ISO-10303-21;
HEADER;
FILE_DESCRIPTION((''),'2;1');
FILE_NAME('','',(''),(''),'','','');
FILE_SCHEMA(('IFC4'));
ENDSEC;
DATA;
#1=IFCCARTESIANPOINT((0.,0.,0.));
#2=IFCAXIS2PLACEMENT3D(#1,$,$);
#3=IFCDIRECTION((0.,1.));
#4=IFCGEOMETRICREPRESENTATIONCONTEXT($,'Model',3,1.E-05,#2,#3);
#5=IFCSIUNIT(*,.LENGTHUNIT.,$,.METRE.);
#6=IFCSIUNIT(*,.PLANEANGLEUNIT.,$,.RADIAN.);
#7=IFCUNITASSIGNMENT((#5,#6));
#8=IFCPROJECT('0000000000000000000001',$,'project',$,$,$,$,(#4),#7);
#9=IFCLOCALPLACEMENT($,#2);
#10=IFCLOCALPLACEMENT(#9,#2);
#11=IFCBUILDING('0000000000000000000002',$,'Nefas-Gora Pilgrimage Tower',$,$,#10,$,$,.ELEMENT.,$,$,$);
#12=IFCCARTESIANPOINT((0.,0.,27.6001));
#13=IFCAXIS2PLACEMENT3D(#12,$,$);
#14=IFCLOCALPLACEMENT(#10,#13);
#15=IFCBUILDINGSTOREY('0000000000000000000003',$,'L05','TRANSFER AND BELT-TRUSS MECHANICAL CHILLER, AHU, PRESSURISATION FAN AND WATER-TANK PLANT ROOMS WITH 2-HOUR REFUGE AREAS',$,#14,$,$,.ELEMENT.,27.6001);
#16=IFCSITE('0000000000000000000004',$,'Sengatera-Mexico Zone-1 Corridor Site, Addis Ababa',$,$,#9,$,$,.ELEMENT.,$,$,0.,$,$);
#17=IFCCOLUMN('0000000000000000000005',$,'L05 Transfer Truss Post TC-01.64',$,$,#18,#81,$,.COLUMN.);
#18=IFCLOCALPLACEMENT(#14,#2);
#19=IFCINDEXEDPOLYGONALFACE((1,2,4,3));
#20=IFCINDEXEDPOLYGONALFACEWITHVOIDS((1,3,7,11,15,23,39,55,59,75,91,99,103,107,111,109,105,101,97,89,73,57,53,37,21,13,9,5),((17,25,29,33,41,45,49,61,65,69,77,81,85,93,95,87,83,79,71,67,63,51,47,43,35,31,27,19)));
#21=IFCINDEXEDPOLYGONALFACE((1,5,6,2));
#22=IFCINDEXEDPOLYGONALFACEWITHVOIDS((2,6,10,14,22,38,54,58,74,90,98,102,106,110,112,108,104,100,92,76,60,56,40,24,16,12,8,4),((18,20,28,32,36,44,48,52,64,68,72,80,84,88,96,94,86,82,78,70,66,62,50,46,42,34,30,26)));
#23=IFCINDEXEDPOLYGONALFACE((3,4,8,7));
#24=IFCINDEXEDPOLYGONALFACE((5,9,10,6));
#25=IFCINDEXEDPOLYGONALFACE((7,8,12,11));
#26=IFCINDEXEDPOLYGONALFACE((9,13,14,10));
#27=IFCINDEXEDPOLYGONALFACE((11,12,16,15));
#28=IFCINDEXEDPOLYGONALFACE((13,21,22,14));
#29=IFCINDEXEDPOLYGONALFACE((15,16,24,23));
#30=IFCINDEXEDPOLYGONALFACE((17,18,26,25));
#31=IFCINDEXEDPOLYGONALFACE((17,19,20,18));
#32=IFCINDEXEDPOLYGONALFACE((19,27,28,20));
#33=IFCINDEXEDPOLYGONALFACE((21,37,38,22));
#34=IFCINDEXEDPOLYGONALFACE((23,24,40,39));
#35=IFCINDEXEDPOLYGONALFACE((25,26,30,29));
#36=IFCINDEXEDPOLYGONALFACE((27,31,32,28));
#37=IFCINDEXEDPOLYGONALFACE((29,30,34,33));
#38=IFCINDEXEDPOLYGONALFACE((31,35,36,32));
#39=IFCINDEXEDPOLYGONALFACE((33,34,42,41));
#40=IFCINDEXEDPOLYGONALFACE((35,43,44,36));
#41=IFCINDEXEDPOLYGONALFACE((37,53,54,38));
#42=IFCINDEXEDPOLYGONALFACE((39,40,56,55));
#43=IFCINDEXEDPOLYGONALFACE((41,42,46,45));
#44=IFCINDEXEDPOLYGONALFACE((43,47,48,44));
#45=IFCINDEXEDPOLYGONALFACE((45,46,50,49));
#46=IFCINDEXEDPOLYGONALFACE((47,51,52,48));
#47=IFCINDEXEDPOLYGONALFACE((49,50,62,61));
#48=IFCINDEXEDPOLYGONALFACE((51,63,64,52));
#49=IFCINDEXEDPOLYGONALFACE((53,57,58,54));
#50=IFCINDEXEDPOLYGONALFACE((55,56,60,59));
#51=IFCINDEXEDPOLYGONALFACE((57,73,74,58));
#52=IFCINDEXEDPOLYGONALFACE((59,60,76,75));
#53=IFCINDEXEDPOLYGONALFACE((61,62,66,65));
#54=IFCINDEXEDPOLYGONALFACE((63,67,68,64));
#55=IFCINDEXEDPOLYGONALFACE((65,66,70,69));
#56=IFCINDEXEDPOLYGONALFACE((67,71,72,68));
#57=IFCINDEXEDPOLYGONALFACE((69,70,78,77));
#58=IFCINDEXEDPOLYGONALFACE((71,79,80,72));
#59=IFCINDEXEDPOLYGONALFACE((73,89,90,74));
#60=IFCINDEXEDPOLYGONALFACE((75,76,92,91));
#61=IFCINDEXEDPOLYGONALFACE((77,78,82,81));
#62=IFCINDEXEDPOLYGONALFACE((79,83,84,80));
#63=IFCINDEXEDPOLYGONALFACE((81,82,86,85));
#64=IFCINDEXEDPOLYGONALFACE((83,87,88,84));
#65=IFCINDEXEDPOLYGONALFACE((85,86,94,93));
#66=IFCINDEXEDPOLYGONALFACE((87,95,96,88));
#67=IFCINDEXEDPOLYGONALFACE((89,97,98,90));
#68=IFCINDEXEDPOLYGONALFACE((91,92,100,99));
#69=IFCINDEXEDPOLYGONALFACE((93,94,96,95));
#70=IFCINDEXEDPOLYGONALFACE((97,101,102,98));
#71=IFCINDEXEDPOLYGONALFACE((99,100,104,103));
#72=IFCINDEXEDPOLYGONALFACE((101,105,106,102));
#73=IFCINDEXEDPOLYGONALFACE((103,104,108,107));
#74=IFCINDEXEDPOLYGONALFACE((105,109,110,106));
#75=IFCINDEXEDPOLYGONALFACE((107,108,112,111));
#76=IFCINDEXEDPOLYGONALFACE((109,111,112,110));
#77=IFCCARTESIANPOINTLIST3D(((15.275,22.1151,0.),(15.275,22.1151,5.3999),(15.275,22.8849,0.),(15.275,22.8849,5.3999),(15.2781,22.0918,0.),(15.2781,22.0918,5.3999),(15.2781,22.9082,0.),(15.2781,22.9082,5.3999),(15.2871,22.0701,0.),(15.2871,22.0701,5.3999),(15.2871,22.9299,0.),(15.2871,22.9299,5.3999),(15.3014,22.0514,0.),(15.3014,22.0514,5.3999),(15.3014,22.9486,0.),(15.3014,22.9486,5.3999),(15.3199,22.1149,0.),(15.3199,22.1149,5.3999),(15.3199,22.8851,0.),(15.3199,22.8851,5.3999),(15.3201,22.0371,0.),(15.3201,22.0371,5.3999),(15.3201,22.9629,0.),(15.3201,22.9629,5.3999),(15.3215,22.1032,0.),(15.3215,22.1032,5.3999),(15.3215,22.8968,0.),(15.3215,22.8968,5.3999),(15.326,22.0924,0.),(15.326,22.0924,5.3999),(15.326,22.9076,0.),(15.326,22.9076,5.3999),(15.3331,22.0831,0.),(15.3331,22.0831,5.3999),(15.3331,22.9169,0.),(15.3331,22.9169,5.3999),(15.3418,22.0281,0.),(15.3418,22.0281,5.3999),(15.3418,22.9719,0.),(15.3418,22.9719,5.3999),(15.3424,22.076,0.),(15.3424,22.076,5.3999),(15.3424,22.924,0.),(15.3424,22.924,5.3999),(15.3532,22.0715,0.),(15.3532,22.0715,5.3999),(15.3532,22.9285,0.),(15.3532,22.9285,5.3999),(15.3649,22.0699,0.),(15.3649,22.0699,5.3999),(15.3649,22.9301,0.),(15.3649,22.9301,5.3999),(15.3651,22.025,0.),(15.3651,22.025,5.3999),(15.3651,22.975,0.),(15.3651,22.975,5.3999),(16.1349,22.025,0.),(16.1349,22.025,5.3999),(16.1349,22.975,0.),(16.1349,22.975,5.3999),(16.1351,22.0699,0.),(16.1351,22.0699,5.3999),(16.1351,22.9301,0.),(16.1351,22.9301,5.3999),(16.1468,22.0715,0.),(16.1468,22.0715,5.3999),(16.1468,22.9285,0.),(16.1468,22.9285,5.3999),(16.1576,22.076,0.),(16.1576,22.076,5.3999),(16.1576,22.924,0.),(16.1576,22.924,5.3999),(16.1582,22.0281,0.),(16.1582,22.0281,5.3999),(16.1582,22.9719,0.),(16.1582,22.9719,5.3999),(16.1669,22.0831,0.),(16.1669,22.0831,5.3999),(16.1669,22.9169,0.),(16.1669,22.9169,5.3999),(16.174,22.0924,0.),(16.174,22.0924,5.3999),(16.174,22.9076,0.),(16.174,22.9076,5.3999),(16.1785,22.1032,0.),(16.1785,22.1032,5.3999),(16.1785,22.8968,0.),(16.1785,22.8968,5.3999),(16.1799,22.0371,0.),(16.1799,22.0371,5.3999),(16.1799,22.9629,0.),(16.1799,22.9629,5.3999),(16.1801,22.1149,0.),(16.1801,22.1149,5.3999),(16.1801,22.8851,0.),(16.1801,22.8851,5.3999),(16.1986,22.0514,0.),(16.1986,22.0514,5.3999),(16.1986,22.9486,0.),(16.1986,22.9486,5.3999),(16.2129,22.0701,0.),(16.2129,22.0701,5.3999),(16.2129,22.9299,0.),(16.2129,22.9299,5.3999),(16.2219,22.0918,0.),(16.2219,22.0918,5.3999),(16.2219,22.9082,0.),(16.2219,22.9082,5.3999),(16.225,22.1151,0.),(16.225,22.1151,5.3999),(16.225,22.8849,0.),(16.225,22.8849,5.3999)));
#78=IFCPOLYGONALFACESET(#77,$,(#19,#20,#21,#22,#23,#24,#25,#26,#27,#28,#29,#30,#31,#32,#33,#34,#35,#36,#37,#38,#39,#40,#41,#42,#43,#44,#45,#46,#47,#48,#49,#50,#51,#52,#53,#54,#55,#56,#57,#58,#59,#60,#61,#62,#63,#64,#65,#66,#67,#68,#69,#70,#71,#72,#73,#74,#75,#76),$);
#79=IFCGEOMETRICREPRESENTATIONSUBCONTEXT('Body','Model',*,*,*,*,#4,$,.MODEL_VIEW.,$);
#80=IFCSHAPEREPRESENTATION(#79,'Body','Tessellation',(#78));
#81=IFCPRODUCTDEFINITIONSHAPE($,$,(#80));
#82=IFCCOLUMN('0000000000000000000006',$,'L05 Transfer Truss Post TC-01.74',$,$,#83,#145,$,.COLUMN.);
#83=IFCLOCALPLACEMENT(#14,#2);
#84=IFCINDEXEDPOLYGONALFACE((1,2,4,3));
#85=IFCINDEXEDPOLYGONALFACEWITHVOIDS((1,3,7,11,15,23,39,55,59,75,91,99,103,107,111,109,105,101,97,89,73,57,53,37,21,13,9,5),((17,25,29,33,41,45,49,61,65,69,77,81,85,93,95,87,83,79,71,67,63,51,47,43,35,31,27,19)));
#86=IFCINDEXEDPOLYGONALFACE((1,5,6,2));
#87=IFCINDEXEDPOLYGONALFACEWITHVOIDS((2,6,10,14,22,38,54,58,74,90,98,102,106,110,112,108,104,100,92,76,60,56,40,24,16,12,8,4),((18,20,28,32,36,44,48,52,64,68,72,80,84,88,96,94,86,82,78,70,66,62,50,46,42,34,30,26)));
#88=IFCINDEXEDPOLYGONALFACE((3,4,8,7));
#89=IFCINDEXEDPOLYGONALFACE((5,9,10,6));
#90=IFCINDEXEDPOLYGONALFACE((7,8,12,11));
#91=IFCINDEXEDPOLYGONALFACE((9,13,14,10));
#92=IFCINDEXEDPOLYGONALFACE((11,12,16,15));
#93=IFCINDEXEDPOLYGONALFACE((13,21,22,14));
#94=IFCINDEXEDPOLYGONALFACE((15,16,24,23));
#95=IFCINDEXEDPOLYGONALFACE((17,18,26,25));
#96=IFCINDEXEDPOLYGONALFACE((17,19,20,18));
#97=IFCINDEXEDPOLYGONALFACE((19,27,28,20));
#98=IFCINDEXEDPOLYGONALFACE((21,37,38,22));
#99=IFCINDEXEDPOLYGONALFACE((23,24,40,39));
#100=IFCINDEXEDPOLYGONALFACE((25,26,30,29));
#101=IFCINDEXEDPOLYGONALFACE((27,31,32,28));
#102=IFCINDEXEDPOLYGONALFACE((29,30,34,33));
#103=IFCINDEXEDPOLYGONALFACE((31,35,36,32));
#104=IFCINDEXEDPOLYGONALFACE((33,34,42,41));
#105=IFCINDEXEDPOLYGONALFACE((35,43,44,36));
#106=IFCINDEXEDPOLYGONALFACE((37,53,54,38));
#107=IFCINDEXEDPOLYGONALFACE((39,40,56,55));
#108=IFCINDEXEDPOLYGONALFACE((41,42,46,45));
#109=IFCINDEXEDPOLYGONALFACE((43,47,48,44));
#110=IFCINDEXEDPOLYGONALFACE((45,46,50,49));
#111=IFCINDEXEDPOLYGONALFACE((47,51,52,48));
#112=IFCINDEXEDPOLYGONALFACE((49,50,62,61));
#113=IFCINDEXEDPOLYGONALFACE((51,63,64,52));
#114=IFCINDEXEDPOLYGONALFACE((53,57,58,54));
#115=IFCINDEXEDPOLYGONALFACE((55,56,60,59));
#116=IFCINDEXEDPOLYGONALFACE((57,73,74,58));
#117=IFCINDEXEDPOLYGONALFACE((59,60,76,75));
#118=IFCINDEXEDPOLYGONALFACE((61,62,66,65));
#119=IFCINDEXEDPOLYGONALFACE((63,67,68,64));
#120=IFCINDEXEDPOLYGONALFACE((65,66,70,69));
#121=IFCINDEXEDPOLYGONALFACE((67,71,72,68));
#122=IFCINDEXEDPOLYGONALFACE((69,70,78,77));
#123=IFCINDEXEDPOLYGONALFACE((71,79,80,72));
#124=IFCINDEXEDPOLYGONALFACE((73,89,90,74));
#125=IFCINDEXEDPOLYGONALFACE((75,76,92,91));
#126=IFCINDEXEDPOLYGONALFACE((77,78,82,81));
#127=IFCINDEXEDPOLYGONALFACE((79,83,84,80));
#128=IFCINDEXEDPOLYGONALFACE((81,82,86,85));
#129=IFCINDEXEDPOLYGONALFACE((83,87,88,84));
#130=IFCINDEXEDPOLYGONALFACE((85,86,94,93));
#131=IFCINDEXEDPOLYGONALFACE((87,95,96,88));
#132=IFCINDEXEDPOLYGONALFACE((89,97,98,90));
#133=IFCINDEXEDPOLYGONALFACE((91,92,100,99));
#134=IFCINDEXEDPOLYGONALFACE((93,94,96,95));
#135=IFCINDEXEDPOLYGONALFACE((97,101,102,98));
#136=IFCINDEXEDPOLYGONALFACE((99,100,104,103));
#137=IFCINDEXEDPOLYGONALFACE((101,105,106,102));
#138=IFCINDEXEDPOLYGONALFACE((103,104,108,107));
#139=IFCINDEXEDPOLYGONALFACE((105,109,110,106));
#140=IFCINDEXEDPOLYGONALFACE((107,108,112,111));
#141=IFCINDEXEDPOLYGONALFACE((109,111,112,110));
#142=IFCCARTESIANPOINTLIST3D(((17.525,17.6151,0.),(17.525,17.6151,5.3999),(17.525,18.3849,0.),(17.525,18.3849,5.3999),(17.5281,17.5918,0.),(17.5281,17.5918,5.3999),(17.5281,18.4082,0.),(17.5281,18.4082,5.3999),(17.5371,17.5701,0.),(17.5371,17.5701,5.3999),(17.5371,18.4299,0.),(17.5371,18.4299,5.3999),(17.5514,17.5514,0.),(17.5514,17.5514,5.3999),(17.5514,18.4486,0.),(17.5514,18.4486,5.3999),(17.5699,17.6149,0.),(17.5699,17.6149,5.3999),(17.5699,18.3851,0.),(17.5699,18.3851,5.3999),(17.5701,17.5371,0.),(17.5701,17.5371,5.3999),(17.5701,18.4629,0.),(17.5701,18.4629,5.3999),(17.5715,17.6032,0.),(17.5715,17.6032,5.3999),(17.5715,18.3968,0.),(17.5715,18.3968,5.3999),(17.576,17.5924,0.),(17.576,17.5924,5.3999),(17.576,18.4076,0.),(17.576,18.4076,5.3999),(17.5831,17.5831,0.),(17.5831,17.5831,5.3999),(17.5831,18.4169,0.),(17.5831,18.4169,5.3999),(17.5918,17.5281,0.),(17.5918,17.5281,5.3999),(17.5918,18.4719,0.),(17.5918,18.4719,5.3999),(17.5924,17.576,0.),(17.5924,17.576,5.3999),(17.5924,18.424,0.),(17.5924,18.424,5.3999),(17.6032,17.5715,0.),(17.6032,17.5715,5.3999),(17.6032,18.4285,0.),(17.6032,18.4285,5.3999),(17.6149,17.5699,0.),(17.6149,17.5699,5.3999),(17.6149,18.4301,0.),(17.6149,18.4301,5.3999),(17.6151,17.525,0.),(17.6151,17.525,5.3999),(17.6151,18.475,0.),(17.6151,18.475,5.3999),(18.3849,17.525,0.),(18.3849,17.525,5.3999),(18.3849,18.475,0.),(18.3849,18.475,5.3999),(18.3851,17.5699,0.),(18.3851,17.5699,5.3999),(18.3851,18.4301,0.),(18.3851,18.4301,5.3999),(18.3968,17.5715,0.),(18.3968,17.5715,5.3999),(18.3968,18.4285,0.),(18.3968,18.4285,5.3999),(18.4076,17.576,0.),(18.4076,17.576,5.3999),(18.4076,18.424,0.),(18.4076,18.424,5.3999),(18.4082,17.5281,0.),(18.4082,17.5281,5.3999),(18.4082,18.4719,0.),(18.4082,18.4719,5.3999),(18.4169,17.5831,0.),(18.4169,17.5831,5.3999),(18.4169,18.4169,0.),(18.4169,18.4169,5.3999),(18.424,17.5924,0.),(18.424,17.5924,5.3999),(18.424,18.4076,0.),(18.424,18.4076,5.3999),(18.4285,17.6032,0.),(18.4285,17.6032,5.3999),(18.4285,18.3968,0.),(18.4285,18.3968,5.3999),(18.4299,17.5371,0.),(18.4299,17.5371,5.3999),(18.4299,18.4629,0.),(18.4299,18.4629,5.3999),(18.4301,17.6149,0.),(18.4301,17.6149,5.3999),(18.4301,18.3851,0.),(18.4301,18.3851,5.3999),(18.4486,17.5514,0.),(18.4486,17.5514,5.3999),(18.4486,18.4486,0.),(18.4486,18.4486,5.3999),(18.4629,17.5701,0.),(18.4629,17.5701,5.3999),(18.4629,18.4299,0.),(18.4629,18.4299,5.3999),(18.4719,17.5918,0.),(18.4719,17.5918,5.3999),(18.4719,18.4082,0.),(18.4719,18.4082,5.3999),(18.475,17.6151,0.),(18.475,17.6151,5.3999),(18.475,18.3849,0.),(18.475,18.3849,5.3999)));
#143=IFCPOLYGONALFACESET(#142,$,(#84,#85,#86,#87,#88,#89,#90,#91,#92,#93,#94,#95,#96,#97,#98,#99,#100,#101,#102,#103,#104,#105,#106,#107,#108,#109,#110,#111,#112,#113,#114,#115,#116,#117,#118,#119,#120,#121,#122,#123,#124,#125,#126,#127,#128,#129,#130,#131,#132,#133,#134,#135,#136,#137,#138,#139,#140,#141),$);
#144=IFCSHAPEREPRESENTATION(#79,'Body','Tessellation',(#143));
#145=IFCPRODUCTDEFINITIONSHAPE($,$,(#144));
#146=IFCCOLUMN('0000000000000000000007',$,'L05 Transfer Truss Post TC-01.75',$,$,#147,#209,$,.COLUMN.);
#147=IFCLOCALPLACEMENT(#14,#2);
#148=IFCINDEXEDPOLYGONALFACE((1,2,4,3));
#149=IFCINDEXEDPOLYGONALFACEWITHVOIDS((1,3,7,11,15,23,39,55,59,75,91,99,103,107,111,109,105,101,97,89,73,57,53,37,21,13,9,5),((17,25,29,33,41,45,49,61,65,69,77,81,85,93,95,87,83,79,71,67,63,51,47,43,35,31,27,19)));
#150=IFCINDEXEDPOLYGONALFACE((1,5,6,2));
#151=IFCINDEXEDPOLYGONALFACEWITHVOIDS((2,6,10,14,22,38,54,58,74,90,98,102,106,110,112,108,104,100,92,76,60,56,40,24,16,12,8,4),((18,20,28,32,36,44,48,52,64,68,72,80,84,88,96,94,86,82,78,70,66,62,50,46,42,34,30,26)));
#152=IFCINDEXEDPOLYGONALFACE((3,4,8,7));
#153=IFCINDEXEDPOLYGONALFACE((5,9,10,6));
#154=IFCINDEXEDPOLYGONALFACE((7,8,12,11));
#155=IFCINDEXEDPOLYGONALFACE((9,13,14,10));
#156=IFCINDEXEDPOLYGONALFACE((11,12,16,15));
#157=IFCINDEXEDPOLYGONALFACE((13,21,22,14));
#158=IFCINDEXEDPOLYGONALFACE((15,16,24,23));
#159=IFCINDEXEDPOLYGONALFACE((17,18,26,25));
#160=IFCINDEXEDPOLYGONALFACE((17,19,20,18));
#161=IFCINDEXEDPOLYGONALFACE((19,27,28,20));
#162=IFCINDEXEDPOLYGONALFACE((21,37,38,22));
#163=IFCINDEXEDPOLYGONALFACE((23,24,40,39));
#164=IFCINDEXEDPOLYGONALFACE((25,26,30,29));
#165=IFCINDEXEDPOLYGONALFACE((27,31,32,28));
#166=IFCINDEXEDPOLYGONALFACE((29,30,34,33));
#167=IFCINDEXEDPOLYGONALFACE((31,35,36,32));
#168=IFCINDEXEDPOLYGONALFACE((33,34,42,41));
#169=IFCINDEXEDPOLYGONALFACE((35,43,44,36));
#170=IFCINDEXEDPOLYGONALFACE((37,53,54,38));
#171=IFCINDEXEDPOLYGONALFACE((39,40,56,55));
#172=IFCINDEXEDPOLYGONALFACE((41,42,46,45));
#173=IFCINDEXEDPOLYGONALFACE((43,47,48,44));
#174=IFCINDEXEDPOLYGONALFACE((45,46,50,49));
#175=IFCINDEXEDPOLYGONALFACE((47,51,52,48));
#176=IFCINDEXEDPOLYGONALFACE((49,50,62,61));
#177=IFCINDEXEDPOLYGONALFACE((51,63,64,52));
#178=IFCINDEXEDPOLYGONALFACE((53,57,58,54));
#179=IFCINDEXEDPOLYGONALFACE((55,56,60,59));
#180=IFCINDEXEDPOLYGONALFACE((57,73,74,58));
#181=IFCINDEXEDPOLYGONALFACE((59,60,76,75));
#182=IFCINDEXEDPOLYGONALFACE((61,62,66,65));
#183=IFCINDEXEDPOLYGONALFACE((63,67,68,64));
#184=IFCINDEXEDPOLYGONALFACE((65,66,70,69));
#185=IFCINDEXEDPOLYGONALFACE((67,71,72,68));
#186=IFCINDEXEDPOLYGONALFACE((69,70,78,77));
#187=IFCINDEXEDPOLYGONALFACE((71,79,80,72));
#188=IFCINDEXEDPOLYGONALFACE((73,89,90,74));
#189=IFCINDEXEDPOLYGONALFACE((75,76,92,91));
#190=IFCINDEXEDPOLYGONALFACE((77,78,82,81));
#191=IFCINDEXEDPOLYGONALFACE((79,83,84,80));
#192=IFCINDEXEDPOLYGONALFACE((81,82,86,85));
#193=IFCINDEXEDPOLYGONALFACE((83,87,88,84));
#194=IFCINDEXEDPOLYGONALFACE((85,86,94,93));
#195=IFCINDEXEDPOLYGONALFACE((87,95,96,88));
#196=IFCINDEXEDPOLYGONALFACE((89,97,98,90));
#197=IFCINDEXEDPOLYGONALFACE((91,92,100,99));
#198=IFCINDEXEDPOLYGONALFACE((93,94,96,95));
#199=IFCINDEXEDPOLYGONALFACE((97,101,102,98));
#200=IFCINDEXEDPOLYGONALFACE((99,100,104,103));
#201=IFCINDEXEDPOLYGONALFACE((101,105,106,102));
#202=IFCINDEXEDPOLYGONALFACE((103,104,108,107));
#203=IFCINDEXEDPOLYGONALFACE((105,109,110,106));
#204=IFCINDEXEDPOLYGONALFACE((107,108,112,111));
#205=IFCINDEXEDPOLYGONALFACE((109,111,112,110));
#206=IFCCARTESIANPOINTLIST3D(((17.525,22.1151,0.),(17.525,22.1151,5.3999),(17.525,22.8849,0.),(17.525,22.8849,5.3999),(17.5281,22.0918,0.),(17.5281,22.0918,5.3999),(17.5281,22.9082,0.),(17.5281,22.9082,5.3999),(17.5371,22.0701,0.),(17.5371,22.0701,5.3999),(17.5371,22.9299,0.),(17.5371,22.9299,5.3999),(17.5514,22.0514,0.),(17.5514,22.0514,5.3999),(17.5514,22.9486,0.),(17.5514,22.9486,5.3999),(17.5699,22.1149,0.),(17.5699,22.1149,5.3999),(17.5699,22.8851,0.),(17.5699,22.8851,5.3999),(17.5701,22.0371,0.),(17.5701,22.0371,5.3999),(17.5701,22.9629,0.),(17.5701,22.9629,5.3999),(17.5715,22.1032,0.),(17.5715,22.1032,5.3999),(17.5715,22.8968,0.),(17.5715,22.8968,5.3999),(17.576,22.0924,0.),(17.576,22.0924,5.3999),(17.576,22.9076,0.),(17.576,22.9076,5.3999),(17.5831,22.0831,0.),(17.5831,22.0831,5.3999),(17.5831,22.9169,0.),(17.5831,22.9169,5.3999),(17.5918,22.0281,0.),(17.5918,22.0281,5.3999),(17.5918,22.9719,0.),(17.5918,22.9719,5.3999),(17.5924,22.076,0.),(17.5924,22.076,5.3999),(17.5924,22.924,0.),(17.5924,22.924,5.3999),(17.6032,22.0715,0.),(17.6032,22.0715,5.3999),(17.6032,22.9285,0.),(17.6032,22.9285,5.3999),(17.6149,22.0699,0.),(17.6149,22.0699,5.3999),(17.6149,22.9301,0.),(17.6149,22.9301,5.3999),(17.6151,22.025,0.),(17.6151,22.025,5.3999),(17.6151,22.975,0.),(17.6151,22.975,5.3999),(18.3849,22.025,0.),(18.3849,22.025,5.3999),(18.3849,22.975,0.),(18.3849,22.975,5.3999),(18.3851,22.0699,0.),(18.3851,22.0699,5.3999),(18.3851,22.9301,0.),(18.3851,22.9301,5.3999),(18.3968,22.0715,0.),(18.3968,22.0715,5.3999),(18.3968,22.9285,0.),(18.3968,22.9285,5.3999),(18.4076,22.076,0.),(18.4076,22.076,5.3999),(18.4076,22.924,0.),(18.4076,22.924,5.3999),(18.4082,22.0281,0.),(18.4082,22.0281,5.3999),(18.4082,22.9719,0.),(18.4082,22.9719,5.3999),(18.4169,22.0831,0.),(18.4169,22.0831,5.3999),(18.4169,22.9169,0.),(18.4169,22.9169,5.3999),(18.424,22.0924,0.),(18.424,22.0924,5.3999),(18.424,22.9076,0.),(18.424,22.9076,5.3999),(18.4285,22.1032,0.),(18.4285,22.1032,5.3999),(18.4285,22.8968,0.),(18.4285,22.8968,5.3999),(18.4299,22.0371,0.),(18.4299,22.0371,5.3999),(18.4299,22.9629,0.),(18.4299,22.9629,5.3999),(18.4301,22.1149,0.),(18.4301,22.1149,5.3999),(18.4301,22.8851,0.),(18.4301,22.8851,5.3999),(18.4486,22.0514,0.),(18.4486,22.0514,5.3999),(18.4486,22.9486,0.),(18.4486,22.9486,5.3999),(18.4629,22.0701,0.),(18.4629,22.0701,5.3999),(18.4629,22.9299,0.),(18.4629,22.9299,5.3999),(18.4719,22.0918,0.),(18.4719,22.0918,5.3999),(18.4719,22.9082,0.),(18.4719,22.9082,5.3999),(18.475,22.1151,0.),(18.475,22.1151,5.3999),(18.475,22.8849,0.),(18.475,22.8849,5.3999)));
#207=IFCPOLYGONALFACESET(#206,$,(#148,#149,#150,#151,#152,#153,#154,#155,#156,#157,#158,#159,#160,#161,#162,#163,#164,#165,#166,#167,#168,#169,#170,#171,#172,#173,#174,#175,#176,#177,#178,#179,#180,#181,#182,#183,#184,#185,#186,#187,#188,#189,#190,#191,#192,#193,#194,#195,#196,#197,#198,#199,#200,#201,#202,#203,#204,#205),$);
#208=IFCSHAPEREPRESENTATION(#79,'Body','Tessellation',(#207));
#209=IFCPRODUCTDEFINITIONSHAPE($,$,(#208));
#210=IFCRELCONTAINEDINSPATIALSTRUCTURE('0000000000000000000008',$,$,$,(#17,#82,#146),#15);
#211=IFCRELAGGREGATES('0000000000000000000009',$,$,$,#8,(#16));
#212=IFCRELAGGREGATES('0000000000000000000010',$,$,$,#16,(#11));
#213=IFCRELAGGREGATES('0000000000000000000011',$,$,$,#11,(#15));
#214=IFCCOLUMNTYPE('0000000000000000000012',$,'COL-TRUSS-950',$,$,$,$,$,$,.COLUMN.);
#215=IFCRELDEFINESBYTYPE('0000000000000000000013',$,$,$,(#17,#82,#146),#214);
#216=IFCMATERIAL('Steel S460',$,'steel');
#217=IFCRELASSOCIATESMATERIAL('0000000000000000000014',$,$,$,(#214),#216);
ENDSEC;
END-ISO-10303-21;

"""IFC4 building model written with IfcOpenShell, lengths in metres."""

from ifc_helpers import new_model, si_unit, direction, frame, origin, origin_2d, place, context, subcontext, project, spatial, hollow_rectangle, extrude, source, transform, mapped, material, material_profile, profile_set, type_object, element, save


model = new_model("IFC4")

# Units and contexts
model_context = context("Model", 3, precision=1e-05, world=origin(), true_north=direction((0.0, 1.0)))
body_context = subcontext(model_context, "Body", "Model", "MODEL_VIEW")
ifc_project = project(units=[si_unit("LENGTHUNIT", "METRE"), si_unit("PLANEANGLEUNIT", "RADIAN")], contexts=[model_context])

# Site, building, storey
site_placement = place(None, origin())
site = spatial("IfcSite", under=ifc_project, at=site_placement, Name="Sengatera-Mexico Zone-1 Corridor Site, Addis Ababa", CompositionType="ELEMENT", RefElevation=0.0)
building_placement = place(site_placement, origin())
building = spatial("IfcBuilding", under=site, at=building_placement, Name="Nefas-Gora Pilgrimage Tower", CompositionType="ELEMENT")
storey_placement = place(building_placement, frame((0.0, 0.0, 27.6001)))
storey = spatial("IfcBuildingStorey", under=building, at=storey_placement, Name="L05", Description="TRANSFER AND BELT-TRUSS MECHANICAL CHILLER, AHU, PRESSURISATION FAN AND WATER-TANK PLANT ROOMS WITH 2-HOUR REFUGE AREAS", CompositionType="ELEMENT", Elevation=27.6001)

# Columns
ifc_material = material(Name="Steel S460", Category="steel")
ifc_material_profile_1 = material_profile(ifc_material, hollow_rectangle(XDim=0.95, YDim=0.95, WallThickness=0.0449, InnerFilletRadius=0.0449, OuterFilletRadius=0.0901, at=origin_2d()), Name="BOX 950x950x45")
ifc_profile_set_1 = profile_set([ifc_material_profile_1], Name="Steel S460")
column_type_1 = type_object("IfcColumnType", Name="COL-TRUSS-950", PredefinedType="COLUMN", material=ifc_profile_set_1)
shared_shape_1 = source(origin(), body_context, "Body", "SweptSolid", [
    extrude(hollow_rectangle(XDim=0.95, YDim=0.95, WallThickness=0.0449, InnerFilletRadius=0.0449, OuterFilletRadius=0.0901, at=origin_2d()), origin(), (0.0, 0.0, 1.0), 5.3999),
])
for number, where, z_axis, x_axis, name in (
    (1, (15.75, 22.5, 0.0), (0.0, 0.0, 1.0), (1.0, 0.0, 0.0), "L05 Transfer Truss Post TC-01.64"),
    (2, (18.0, 18.0, 0.0), (0.0, 0.0, 1.0), (1.0, 0.0, 0.0), "L05 Transfer Truss Post TC-01.74"),
    (3, (18.0, 22.5, 0.0), (0.0, 0.0, 1.0), (1.0, 0.0, 0.0), "L05 Transfer Truss Post TC-01.75"),
):
    element("IfcColumn", number, at=place(storey_placement, frame(where, z_axis=z_axis, x_axis=x_axis)), inside=storey, type_object=column_type_1, Name=name, PredefinedType="COLUMN", context=body_context, shape_type="MappedRepresentation", body=[
        mapped(shared_shape_1, transform((0.0, 0.0, 0.0), x_axis=(1.0, 0.0, 0.0), y_axis=(0.0, 1.0, 0.0), z_axis=(0.0, 0.0, 1.0), scale=1.0)),
    ])

save(model, "model.ifc")
